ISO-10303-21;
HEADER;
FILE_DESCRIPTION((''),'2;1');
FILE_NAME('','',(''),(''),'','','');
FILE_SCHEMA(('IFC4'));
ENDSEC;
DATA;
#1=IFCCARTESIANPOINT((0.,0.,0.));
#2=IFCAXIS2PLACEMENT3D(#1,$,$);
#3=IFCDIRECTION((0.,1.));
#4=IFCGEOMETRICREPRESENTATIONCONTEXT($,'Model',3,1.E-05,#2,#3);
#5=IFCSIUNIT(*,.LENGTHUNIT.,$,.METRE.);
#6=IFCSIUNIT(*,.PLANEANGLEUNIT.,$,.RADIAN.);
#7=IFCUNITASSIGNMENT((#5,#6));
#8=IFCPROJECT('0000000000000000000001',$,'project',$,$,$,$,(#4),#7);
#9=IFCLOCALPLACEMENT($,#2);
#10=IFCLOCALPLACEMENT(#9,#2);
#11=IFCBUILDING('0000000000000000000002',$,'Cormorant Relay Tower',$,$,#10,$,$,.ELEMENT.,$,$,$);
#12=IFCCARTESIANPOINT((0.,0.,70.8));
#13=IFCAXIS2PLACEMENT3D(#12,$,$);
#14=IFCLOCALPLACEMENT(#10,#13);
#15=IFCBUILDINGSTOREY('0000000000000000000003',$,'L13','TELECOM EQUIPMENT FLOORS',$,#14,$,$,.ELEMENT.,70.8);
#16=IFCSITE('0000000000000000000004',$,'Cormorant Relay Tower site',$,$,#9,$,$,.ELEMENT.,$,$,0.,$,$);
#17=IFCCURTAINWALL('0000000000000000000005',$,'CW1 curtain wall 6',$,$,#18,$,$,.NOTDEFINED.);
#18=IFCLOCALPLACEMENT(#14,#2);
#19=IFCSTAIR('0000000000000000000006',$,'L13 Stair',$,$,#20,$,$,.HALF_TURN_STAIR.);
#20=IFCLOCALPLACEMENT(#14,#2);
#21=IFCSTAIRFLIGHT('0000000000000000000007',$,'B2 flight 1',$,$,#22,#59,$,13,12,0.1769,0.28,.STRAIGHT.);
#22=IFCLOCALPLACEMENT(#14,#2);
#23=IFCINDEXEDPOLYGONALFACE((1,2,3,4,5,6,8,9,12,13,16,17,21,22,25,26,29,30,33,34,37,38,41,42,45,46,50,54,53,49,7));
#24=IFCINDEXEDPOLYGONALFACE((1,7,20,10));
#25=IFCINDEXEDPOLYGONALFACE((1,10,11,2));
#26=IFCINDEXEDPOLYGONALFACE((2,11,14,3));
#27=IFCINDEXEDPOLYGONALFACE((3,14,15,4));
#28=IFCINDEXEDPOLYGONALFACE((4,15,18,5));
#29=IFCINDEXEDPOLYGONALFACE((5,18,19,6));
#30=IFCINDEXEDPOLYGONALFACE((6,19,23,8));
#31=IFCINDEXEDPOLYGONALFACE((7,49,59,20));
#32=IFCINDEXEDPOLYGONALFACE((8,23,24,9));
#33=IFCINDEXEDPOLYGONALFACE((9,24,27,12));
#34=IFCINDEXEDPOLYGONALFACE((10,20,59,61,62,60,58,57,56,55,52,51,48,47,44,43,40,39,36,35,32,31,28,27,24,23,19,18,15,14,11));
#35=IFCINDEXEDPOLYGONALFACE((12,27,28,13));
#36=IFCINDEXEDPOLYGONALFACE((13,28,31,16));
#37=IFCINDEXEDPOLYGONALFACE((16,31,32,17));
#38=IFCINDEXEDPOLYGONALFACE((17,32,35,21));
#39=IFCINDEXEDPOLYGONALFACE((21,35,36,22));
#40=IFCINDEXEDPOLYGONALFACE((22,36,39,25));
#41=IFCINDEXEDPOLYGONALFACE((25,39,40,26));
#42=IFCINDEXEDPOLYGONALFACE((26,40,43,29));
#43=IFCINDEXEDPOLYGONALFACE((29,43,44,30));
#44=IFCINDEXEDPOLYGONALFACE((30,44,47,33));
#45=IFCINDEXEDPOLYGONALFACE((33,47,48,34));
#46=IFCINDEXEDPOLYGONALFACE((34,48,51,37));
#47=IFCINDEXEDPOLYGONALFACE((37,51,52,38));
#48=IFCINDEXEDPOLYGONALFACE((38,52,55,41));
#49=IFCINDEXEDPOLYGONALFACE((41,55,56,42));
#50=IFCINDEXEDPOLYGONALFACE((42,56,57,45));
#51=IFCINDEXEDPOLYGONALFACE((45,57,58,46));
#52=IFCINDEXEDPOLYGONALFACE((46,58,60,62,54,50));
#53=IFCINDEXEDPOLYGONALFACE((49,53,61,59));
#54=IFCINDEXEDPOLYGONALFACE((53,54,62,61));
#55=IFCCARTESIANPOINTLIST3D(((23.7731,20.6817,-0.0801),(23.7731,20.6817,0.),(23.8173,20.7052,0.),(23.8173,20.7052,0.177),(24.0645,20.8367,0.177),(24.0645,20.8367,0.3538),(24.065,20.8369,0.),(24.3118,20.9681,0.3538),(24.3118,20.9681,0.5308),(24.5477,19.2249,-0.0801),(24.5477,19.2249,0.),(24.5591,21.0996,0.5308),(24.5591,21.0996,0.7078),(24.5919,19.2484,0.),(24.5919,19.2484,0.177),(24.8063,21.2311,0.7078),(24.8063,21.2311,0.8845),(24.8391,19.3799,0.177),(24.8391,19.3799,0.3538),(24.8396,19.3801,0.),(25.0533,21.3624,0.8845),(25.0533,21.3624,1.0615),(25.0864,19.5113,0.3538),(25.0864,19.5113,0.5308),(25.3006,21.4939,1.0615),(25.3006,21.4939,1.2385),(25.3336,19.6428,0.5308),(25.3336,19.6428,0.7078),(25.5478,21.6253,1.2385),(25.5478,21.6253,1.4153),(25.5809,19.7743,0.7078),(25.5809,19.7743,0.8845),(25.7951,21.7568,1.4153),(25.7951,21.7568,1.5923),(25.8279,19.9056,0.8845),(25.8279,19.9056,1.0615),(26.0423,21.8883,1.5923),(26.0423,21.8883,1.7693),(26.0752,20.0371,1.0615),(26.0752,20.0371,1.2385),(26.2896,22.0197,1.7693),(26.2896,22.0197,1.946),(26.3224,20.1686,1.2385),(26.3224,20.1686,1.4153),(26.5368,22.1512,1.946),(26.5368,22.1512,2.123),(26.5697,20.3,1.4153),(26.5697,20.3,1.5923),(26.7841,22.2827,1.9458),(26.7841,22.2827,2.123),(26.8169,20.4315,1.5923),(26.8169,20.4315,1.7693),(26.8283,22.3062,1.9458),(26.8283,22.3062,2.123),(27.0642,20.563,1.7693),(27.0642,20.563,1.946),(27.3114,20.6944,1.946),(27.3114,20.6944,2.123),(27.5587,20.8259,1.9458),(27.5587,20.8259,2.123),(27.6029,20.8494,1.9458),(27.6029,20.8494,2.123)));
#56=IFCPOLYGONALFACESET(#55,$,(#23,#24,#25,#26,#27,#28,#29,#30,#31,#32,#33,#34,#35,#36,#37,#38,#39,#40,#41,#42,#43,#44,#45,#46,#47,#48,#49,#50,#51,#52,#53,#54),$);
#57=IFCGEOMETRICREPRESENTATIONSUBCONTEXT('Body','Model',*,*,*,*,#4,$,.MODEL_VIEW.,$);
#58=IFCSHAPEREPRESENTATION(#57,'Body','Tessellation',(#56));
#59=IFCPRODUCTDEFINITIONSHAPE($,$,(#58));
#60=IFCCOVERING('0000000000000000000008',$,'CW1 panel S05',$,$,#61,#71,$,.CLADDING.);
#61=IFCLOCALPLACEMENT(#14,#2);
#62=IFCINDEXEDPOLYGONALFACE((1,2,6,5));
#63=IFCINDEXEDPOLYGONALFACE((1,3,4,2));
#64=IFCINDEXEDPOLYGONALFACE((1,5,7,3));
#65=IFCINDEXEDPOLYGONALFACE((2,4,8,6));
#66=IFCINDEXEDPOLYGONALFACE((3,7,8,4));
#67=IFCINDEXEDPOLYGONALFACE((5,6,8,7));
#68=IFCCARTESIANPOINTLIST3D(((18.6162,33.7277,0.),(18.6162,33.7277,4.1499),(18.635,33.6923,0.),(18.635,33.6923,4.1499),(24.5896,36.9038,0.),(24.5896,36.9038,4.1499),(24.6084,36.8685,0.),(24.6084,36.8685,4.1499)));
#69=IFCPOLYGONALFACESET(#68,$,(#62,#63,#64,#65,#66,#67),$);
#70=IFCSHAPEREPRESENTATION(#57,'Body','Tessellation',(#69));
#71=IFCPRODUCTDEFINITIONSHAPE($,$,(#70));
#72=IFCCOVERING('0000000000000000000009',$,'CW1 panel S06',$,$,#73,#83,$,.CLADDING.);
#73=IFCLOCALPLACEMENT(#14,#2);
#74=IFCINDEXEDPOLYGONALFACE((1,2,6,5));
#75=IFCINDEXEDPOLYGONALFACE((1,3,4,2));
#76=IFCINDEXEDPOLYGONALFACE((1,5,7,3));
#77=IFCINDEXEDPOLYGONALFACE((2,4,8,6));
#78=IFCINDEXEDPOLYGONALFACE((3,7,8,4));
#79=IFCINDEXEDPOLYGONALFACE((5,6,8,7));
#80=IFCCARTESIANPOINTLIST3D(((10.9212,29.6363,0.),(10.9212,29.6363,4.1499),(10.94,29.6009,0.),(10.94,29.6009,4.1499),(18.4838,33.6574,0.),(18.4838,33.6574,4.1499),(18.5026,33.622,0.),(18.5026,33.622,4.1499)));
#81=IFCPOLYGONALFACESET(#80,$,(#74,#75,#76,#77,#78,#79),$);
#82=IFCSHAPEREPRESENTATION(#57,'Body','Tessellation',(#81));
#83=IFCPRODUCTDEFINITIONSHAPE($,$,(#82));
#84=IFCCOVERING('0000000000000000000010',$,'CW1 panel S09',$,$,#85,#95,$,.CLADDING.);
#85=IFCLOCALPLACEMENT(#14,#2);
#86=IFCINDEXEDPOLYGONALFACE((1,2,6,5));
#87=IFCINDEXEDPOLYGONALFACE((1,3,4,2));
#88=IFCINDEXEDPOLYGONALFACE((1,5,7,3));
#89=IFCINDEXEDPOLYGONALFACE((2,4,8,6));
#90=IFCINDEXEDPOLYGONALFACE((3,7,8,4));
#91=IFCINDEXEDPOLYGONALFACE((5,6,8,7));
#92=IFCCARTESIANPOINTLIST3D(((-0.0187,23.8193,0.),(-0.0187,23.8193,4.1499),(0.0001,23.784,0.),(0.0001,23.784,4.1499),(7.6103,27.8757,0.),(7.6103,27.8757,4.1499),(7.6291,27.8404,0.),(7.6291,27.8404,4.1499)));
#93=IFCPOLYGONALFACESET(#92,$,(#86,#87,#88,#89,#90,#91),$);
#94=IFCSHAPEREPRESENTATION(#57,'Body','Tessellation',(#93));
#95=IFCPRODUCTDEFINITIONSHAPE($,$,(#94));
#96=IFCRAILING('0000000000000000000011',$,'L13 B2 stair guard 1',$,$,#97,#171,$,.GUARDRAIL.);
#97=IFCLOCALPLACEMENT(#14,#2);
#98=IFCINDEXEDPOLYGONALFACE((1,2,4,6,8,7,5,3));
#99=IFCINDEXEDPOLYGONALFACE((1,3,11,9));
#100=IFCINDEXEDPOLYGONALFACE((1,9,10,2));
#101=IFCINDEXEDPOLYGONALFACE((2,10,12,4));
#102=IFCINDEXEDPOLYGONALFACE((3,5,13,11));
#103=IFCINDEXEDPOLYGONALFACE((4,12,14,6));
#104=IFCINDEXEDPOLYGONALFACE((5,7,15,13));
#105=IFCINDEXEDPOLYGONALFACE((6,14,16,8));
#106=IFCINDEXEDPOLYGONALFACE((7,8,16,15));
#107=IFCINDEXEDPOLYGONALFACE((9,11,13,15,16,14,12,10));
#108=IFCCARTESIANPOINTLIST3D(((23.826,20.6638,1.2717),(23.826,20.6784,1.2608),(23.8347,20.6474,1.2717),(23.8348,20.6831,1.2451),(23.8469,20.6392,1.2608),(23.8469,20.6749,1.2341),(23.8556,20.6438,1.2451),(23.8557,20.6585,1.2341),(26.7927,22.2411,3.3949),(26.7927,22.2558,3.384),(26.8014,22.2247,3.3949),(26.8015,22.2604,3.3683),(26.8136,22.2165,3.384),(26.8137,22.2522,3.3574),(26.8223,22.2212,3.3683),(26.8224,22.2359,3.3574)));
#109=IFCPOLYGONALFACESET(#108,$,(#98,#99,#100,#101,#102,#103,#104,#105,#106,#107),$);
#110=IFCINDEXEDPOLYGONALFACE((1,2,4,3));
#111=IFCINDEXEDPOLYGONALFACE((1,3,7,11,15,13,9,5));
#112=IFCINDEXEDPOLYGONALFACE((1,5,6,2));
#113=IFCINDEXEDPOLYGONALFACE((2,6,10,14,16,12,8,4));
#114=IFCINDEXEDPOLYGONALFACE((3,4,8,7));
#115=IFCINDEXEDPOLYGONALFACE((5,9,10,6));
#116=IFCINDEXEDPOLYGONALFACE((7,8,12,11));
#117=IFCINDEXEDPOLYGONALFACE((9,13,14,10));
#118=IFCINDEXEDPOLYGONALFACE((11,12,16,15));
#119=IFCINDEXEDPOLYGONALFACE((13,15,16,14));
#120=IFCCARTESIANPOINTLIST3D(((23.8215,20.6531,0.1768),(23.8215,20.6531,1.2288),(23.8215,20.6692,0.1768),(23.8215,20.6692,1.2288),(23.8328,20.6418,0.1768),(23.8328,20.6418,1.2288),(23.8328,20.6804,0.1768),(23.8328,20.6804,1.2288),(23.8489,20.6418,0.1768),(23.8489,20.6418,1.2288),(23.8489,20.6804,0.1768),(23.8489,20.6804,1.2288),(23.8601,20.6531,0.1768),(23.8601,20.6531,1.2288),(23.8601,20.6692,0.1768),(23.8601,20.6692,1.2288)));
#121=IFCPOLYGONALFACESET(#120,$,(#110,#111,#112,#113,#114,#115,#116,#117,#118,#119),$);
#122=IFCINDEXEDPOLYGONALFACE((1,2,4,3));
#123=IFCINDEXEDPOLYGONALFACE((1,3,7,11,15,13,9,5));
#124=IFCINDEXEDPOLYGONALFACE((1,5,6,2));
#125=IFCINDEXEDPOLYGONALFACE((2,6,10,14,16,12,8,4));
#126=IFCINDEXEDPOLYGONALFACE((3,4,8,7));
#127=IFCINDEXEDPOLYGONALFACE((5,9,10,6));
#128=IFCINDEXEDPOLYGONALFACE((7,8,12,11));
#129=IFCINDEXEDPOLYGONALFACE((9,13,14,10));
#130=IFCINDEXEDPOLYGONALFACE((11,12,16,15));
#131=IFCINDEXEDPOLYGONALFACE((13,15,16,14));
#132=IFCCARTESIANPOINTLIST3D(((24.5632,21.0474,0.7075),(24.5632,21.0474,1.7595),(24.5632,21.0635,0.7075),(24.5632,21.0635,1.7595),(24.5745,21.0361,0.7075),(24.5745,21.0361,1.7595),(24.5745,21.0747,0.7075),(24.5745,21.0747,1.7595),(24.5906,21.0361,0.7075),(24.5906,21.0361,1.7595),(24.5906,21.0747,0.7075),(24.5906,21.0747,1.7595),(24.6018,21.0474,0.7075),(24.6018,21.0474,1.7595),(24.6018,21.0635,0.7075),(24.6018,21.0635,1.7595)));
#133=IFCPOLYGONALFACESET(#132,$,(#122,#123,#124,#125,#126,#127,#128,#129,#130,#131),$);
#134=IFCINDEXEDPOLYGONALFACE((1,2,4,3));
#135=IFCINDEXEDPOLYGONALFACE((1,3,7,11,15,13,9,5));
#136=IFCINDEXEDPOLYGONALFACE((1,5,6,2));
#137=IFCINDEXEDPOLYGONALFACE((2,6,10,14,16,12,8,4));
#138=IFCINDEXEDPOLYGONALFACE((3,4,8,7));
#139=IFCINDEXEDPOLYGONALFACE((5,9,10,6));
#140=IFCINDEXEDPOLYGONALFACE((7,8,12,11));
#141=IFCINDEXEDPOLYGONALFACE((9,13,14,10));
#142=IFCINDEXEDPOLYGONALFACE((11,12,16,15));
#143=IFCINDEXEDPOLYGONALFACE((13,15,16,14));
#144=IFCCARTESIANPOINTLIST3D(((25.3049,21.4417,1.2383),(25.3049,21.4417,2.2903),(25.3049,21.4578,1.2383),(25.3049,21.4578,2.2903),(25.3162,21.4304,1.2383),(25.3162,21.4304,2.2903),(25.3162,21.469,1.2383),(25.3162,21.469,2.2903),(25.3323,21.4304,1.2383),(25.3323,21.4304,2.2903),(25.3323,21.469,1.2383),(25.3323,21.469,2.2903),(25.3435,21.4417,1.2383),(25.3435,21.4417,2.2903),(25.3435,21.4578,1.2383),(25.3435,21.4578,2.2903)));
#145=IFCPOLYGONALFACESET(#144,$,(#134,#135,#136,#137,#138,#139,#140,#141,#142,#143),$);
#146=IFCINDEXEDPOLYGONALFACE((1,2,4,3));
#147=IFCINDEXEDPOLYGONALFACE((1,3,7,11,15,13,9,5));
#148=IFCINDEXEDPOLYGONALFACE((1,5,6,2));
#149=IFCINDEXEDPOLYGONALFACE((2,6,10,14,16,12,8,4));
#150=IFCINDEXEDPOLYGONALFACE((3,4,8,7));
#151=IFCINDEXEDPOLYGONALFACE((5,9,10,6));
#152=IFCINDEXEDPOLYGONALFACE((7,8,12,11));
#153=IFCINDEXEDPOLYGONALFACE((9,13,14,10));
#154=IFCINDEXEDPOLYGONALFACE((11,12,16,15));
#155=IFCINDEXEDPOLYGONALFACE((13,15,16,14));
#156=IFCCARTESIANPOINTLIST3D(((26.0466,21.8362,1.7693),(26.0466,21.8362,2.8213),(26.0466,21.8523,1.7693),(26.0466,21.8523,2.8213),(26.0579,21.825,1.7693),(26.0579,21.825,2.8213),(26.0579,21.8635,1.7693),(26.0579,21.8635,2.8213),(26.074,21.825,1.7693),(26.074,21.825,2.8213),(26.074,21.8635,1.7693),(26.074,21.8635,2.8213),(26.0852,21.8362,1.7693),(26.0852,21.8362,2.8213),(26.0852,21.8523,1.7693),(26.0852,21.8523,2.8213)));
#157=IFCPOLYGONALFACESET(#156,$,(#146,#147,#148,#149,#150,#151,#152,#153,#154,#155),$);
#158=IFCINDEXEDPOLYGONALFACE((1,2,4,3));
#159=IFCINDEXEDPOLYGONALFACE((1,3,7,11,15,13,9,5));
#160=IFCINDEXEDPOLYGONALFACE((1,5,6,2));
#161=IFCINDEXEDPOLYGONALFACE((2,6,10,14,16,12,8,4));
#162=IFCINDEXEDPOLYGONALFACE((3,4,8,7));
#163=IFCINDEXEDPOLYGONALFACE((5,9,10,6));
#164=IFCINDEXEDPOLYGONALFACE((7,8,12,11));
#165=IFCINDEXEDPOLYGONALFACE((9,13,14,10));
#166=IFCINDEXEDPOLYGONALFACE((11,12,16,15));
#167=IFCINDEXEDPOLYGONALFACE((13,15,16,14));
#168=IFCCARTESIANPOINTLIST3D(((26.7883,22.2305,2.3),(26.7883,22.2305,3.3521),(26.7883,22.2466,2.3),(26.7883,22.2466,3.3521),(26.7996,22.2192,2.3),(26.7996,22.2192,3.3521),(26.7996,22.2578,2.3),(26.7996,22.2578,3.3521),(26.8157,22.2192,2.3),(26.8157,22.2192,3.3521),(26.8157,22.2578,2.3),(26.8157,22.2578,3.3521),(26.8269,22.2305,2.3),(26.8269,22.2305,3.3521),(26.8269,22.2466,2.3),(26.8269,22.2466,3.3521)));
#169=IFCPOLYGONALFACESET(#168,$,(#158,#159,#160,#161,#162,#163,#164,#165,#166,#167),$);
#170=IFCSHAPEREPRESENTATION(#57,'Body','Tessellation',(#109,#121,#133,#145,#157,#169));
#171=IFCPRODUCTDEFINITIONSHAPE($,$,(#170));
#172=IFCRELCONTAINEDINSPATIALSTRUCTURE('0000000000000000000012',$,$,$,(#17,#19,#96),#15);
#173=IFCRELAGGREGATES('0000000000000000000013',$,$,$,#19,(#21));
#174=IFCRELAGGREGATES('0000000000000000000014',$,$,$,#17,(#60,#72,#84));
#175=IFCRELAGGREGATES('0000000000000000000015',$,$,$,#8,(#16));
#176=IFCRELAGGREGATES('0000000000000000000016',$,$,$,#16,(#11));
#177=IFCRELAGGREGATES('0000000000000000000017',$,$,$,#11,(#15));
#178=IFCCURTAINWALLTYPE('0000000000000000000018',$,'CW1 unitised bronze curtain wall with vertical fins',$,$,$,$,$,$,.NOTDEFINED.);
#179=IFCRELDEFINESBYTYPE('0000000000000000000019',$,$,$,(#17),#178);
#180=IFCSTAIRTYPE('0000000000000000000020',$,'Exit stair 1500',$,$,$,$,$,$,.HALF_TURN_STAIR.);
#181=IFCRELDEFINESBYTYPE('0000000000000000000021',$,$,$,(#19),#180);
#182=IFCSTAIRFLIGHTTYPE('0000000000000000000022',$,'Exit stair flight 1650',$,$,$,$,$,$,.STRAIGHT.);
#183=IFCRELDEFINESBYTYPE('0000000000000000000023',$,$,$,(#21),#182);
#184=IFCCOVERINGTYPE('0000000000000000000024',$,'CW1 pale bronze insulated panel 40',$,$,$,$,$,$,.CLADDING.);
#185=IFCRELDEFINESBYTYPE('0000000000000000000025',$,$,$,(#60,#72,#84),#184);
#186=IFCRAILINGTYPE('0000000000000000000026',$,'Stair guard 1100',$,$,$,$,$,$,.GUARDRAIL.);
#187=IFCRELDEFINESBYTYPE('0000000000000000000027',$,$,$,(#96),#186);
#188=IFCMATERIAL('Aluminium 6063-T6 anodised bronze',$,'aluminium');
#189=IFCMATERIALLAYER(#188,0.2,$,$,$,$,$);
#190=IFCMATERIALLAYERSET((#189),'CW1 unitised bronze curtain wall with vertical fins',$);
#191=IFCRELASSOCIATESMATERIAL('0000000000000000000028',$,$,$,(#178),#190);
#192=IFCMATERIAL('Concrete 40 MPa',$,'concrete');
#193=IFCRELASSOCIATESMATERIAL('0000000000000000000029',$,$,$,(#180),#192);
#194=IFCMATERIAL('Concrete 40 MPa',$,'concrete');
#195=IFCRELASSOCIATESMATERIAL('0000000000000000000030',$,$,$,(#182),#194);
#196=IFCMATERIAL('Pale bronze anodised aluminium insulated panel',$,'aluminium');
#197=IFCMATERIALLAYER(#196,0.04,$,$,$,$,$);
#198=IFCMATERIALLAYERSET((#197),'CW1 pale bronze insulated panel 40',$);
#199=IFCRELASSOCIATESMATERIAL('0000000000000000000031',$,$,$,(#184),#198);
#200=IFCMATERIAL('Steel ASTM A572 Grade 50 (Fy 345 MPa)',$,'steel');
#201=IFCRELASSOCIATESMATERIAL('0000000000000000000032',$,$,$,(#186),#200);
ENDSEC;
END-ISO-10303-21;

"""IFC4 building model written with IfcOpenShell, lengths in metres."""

from ifc_helpers import new_model, si_unit, direction, frame, origin, origin_2d, place, context, subcontext, project, spatial, polyline, rectangle, outline, extrude, material, layer, layer_set, type_object, element, aggregate, save


model = new_model("IFC4")

# Units and contexts
model_context = context("Model", 3, precision=1e-05, world=origin(), true_north=direction((0.0, 1.0)))
body_context = subcontext(model_context, "Body", "Model", "MODEL_VIEW")
ifc_project = project(units=[si_unit("LENGTHUNIT", "METRE"), si_unit("PLANEANGLEUNIT", "RADIAN")], contexts=[model_context])

# Site, building, storey
site_placement = place(None, origin())
site = spatial("IfcSite", under=ifc_project, at=site_placement, Name="Cormorant Relay Tower site", CompositionType="ELEMENT", RefElevation=0.0)
building_placement = place(site_placement, origin())
building = spatial("IfcBuilding", under=site, at=building_placement, Name="Cormorant Relay Tower", CompositionType="ELEMENT")
storey_placement = place(building_placement, frame((0.0, 0.0, 70.8)))
storey = spatial("IfcBuildingStorey", under=building, at=storey_placement, Name="L13", Description="TELECOM EQUIPMENT FLOORS", CompositionType="ELEMENT", Elevation=70.8)

# Curtain wall
ifc_material_1 = material(Name="Aluminium 6063-T6 anodised bronze", Category="aluminium")
ifc_layer_1 = layer(ifc_material_1, 0.2)
ifc_layer_set_1 = layer_set([ifc_layer_1], Name="CW1 unitised bronze curtain wall with vertical fins")
curtain_wall_type = type_object("IfcCurtainWallType", Name="CW1 unitised bronze curtain wall with vertical fins", PredefinedType="NOTDEFINED", material=ifc_layer_set_1)
curtain_wall_1_placement = place(storey_placement, origin())
curtain_wall_1 = element("IfcCurtainWall", 1, at=curtain_wall_1_placement, inside=storey, type_object=curtain_wall_type, Name="CW1 curtain wall 6", PredefinedType="NOTDEFINED")

# Stair, stair flight
ifc_material_2 = material(Name="Concrete 40 MPa", Category="concrete")
stair_type = type_object("IfcStairType", Name="Exit stair 1500", PredefinedType="HALF_TURN_STAIR", material=ifc_material_2)
stair_placement = place(storey_placement, origin())
stair = element("IfcStair", 2, at=stair_placement, inside=storey, type_object=stair_type, Name="L13 Stair", PredefinedType="HALF_TURN_STAIR")
ifc_material_3 = material(Name="Concrete 40 MPa", Category="concrete")
stair_flight_type = type_object("IfcStairFlightType", Name="Exit stair flight 1650", PredefinedType="STRAIGHT", material=ifc_material_3)
stair_flight_placement = place(storey_placement, frame((24.2046, 19.9768, 0.0), z_axis=(0.0, 0.0, 1.0), x_axis=(0.882948, 0.469472, 0.0)))
stair_flight = element("IfcStairFlight", 3, at=stair_flight_placement, type_object=stair_flight_type, Name="B2 flight 1", NumberOfRisers=13, NumberOfTreads=12, PredefinedType="STRAIGHT", RiserHeight=0.1769, TreadLength=0.28, context=body_context, shape_type="SweptSolid", body=[
    extrude(outline(polyline([(-0.05, -0.0801), (-0.05, 0.0), (0.0, 0.0), (0.0, 0.177), (0.28, 0.177), (0.28, 0.3538), (0.5601, 0.3538), (0.5601, 0.5308), (0.8401, 0.5308), (0.8401, 0.7078), (1.1201, 0.7078), (1.1201, 0.8845), (1.3999, 0.8845), (1.3999, 1.0615), (1.6799, 1.0615), (1.6799, 1.2385), (1.96, 1.2385), (1.96, 1.4153), (2.24, 1.4153), (2.24, 1.5923), (2.52, 1.5923), (2.52, 1.7693), (2.8, 1.7693), (2.8, 1.946), (3.0801, 1.946), (3.0801, 2.123), (3.3601, 2.123), (3.4102, 2.123), (3.4102, 1.9458), (3.3601, 1.9458), (0.2805, 0.0), (-0.05, -0.0801)])), frame((0.0, 0.825, 0.0), z_axis=(0.0, -1.0, 0.0), x_axis=(1.0, 0.0, 0.0)), (0.0, 0.0, 1.0), 1.6499),
])
aggregate(stair, [stair_flight])

# Coverings
ifc_material_4 = material(Name="Pale bronze anodised aluminium insulated panel", Category="aluminium")
ifc_layer_2 = layer(ifc_material_4, 0.04)
ifc_layer_set_2 = layer_set([ifc_layer_2], Name="CW1 pale bronze insulated panel 40")
covering_type = type_object("IfcCoveringType", Name="CW1 pale bronze insulated panel 40", PredefinedType="CLADDING", material=ifc_layer_set_2)
covering_1_placement = place(storey_placement, frame((21.6123, 35.2981, 0.0), z_axis=(0.0, 0.0, 1.0), x_axis=(-0.882948, -0.469472, 0.0)))
covering_1 = element("IfcCovering", 4, at=covering_1_placement, type_object=covering_type, Name="CW1 panel S05", PredefinedType="CLADDING", context=body_context, shape_type="SweptSolid", body=[
    extrude(rectangle(XDim=6.7654, YDim=0.04, at=origin_2d()), origin(), (0.0, 0.0, 1.0), 4.1499),
])
covering_2_placement = place(storey_placement, frame((14.7119, 31.6292, 0.0), z_axis=(0.0, 0.0, 1.0), x_axis=(-0.882948, -0.469472, 0.0)))
covering_2 = element("IfcCovering", 5, at=covering_2_placement, type_object=covering_type, Name="CW1 panel S06", PredefinedType="CLADDING", context=body_context, shape_type="SweptSolid", body=[
    extrude(rectangle(XDim=8.5652, YDim=0.04, at=origin_2d()), origin(), (0.0, 0.0, 1.0), 4.1499),
])
covering_3_placement = place(storey_placement, frame((3.8052, 25.8298, 0.0), z_axis=(0.0, 0.0, 1.0), x_axis=(-0.882948, -0.469472, 0.0)))
covering_3 = element("IfcCovering", 6, at=covering_3_placement, type_object=covering_type, Name="CW1 panel S09", PredefinedType="CLADDING", context=body_context, shape_type="SweptSolid", body=[
    extrude(rectangle(XDim=8.6404, YDim=0.04, at=origin_2d()), origin(), (0.0, 0.0, 1.0), 4.1499),
])
aggregate(curtain_wall_1, [covering_1, covering_2, covering_3])

# Railing
ifc_material_5 = material(Name="Steel ASTM A572 Grade 50 (Fy 345 MPa)", Category="steel")
railing_type_1 = type_object("IfcRailingType", Name="Stair guard 1100", PredefinedType="GUARDRAIL", material=ifc_material_5)
railing_1_placement = place(storey_placement, frame((23.8408, 20.6611, 0.1768)))
element("IfcRailing", 7, at=railing_1_placement, inside=storey, type_object=railing_type_1, Name="L13 B2 stair guard 1", PredefinedType="GUARDRAIL", context=body_context, shape_type="SweptSolid", body=[
    extrude(outline(polyline([(0.0222, 0.0093), (0.0093, 0.0222), (-0.0093, 0.0222), (-0.0222, 0.0093), (-0.0222, -0.0093), (-0.0093, -0.0222), (0.0093, -0.0222), (0.0222, -0.0093), (0.0222, 0.0093)])), frame((0.0, 0.0, 1.0762), z_axis=(0.746416, 0.396856, 0.534199), x_axis=(-0.469453, 0.882958, 0.0)), (0.0, 0.0, 1.0), 3.9746),
    extrude(outline(polyline([(0.0193, 0.0081), (0.0081, 0.0193), (-0.0081, 0.0193), (-0.0193, 0.0081), (-0.0193, -0.0081), (-0.0081, -0.0193), (0.0081, -0.0193), (0.0193, -0.0081), (0.0193, 0.0081)])), origin(), (0.0, 0.0, 1.0), 1.052),
    extrude(outline(polyline([(0.0193, 0.0081), (0.0081, 0.0193), (-0.0081, 0.0193), (-0.0193, 0.0081), (-0.0193, -0.0081), (-0.0081, -0.0193), (0.0081, -0.0193), (0.0193, -0.0081), (0.0193, 0.0081)])), frame((0.7417, 0.3943, 0.5308)), (0.0, 0.0, 1.0), 1.052),
    extrude(outline(polyline([(0.0193, 0.0081), (0.0081, 0.0193), (-0.0081, 0.0193), (-0.0193, 0.0081), (-0.0193, -0.0081), (-0.0081, -0.0193), (0.0081, -0.0193), (0.0193, -0.0081), (0.0193, 0.0081)])), frame((1.4834, 0.7886, 1.0615)), (0.0, 0.0, 1.0), 1.052),
    extrude(outline(polyline([(0.0193, 0.0081), (0.0081, 0.0193), (-0.0081, 0.0193), (-0.0193, 0.0081), (-0.0193, -0.0081), (-0.0081, -0.0193), (0.0081, -0.0193), (0.0193, -0.0081), (0.0193, 0.0081)])), frame((2.2251, 1.1831, 1.5925)), (0.0, 0.0, 1.0), 1.052),
    extrude(outline(polyline([(0.0193, 0.0081), (0.0081, 0.0193), (-0.0081, 0.0193), (-0.0193, 0.0081), (-0.0193, -0.0081), (-0.0081, -0.0193), (0.0081, -0.0193), (0.0193, -0.0081), (0.0193, 0.0081)])), frame((2.9668, 1.5774, 2.1233)), (0.0, 0.0, 1.0), 1.052),
])

save(model, "model.ifc")
